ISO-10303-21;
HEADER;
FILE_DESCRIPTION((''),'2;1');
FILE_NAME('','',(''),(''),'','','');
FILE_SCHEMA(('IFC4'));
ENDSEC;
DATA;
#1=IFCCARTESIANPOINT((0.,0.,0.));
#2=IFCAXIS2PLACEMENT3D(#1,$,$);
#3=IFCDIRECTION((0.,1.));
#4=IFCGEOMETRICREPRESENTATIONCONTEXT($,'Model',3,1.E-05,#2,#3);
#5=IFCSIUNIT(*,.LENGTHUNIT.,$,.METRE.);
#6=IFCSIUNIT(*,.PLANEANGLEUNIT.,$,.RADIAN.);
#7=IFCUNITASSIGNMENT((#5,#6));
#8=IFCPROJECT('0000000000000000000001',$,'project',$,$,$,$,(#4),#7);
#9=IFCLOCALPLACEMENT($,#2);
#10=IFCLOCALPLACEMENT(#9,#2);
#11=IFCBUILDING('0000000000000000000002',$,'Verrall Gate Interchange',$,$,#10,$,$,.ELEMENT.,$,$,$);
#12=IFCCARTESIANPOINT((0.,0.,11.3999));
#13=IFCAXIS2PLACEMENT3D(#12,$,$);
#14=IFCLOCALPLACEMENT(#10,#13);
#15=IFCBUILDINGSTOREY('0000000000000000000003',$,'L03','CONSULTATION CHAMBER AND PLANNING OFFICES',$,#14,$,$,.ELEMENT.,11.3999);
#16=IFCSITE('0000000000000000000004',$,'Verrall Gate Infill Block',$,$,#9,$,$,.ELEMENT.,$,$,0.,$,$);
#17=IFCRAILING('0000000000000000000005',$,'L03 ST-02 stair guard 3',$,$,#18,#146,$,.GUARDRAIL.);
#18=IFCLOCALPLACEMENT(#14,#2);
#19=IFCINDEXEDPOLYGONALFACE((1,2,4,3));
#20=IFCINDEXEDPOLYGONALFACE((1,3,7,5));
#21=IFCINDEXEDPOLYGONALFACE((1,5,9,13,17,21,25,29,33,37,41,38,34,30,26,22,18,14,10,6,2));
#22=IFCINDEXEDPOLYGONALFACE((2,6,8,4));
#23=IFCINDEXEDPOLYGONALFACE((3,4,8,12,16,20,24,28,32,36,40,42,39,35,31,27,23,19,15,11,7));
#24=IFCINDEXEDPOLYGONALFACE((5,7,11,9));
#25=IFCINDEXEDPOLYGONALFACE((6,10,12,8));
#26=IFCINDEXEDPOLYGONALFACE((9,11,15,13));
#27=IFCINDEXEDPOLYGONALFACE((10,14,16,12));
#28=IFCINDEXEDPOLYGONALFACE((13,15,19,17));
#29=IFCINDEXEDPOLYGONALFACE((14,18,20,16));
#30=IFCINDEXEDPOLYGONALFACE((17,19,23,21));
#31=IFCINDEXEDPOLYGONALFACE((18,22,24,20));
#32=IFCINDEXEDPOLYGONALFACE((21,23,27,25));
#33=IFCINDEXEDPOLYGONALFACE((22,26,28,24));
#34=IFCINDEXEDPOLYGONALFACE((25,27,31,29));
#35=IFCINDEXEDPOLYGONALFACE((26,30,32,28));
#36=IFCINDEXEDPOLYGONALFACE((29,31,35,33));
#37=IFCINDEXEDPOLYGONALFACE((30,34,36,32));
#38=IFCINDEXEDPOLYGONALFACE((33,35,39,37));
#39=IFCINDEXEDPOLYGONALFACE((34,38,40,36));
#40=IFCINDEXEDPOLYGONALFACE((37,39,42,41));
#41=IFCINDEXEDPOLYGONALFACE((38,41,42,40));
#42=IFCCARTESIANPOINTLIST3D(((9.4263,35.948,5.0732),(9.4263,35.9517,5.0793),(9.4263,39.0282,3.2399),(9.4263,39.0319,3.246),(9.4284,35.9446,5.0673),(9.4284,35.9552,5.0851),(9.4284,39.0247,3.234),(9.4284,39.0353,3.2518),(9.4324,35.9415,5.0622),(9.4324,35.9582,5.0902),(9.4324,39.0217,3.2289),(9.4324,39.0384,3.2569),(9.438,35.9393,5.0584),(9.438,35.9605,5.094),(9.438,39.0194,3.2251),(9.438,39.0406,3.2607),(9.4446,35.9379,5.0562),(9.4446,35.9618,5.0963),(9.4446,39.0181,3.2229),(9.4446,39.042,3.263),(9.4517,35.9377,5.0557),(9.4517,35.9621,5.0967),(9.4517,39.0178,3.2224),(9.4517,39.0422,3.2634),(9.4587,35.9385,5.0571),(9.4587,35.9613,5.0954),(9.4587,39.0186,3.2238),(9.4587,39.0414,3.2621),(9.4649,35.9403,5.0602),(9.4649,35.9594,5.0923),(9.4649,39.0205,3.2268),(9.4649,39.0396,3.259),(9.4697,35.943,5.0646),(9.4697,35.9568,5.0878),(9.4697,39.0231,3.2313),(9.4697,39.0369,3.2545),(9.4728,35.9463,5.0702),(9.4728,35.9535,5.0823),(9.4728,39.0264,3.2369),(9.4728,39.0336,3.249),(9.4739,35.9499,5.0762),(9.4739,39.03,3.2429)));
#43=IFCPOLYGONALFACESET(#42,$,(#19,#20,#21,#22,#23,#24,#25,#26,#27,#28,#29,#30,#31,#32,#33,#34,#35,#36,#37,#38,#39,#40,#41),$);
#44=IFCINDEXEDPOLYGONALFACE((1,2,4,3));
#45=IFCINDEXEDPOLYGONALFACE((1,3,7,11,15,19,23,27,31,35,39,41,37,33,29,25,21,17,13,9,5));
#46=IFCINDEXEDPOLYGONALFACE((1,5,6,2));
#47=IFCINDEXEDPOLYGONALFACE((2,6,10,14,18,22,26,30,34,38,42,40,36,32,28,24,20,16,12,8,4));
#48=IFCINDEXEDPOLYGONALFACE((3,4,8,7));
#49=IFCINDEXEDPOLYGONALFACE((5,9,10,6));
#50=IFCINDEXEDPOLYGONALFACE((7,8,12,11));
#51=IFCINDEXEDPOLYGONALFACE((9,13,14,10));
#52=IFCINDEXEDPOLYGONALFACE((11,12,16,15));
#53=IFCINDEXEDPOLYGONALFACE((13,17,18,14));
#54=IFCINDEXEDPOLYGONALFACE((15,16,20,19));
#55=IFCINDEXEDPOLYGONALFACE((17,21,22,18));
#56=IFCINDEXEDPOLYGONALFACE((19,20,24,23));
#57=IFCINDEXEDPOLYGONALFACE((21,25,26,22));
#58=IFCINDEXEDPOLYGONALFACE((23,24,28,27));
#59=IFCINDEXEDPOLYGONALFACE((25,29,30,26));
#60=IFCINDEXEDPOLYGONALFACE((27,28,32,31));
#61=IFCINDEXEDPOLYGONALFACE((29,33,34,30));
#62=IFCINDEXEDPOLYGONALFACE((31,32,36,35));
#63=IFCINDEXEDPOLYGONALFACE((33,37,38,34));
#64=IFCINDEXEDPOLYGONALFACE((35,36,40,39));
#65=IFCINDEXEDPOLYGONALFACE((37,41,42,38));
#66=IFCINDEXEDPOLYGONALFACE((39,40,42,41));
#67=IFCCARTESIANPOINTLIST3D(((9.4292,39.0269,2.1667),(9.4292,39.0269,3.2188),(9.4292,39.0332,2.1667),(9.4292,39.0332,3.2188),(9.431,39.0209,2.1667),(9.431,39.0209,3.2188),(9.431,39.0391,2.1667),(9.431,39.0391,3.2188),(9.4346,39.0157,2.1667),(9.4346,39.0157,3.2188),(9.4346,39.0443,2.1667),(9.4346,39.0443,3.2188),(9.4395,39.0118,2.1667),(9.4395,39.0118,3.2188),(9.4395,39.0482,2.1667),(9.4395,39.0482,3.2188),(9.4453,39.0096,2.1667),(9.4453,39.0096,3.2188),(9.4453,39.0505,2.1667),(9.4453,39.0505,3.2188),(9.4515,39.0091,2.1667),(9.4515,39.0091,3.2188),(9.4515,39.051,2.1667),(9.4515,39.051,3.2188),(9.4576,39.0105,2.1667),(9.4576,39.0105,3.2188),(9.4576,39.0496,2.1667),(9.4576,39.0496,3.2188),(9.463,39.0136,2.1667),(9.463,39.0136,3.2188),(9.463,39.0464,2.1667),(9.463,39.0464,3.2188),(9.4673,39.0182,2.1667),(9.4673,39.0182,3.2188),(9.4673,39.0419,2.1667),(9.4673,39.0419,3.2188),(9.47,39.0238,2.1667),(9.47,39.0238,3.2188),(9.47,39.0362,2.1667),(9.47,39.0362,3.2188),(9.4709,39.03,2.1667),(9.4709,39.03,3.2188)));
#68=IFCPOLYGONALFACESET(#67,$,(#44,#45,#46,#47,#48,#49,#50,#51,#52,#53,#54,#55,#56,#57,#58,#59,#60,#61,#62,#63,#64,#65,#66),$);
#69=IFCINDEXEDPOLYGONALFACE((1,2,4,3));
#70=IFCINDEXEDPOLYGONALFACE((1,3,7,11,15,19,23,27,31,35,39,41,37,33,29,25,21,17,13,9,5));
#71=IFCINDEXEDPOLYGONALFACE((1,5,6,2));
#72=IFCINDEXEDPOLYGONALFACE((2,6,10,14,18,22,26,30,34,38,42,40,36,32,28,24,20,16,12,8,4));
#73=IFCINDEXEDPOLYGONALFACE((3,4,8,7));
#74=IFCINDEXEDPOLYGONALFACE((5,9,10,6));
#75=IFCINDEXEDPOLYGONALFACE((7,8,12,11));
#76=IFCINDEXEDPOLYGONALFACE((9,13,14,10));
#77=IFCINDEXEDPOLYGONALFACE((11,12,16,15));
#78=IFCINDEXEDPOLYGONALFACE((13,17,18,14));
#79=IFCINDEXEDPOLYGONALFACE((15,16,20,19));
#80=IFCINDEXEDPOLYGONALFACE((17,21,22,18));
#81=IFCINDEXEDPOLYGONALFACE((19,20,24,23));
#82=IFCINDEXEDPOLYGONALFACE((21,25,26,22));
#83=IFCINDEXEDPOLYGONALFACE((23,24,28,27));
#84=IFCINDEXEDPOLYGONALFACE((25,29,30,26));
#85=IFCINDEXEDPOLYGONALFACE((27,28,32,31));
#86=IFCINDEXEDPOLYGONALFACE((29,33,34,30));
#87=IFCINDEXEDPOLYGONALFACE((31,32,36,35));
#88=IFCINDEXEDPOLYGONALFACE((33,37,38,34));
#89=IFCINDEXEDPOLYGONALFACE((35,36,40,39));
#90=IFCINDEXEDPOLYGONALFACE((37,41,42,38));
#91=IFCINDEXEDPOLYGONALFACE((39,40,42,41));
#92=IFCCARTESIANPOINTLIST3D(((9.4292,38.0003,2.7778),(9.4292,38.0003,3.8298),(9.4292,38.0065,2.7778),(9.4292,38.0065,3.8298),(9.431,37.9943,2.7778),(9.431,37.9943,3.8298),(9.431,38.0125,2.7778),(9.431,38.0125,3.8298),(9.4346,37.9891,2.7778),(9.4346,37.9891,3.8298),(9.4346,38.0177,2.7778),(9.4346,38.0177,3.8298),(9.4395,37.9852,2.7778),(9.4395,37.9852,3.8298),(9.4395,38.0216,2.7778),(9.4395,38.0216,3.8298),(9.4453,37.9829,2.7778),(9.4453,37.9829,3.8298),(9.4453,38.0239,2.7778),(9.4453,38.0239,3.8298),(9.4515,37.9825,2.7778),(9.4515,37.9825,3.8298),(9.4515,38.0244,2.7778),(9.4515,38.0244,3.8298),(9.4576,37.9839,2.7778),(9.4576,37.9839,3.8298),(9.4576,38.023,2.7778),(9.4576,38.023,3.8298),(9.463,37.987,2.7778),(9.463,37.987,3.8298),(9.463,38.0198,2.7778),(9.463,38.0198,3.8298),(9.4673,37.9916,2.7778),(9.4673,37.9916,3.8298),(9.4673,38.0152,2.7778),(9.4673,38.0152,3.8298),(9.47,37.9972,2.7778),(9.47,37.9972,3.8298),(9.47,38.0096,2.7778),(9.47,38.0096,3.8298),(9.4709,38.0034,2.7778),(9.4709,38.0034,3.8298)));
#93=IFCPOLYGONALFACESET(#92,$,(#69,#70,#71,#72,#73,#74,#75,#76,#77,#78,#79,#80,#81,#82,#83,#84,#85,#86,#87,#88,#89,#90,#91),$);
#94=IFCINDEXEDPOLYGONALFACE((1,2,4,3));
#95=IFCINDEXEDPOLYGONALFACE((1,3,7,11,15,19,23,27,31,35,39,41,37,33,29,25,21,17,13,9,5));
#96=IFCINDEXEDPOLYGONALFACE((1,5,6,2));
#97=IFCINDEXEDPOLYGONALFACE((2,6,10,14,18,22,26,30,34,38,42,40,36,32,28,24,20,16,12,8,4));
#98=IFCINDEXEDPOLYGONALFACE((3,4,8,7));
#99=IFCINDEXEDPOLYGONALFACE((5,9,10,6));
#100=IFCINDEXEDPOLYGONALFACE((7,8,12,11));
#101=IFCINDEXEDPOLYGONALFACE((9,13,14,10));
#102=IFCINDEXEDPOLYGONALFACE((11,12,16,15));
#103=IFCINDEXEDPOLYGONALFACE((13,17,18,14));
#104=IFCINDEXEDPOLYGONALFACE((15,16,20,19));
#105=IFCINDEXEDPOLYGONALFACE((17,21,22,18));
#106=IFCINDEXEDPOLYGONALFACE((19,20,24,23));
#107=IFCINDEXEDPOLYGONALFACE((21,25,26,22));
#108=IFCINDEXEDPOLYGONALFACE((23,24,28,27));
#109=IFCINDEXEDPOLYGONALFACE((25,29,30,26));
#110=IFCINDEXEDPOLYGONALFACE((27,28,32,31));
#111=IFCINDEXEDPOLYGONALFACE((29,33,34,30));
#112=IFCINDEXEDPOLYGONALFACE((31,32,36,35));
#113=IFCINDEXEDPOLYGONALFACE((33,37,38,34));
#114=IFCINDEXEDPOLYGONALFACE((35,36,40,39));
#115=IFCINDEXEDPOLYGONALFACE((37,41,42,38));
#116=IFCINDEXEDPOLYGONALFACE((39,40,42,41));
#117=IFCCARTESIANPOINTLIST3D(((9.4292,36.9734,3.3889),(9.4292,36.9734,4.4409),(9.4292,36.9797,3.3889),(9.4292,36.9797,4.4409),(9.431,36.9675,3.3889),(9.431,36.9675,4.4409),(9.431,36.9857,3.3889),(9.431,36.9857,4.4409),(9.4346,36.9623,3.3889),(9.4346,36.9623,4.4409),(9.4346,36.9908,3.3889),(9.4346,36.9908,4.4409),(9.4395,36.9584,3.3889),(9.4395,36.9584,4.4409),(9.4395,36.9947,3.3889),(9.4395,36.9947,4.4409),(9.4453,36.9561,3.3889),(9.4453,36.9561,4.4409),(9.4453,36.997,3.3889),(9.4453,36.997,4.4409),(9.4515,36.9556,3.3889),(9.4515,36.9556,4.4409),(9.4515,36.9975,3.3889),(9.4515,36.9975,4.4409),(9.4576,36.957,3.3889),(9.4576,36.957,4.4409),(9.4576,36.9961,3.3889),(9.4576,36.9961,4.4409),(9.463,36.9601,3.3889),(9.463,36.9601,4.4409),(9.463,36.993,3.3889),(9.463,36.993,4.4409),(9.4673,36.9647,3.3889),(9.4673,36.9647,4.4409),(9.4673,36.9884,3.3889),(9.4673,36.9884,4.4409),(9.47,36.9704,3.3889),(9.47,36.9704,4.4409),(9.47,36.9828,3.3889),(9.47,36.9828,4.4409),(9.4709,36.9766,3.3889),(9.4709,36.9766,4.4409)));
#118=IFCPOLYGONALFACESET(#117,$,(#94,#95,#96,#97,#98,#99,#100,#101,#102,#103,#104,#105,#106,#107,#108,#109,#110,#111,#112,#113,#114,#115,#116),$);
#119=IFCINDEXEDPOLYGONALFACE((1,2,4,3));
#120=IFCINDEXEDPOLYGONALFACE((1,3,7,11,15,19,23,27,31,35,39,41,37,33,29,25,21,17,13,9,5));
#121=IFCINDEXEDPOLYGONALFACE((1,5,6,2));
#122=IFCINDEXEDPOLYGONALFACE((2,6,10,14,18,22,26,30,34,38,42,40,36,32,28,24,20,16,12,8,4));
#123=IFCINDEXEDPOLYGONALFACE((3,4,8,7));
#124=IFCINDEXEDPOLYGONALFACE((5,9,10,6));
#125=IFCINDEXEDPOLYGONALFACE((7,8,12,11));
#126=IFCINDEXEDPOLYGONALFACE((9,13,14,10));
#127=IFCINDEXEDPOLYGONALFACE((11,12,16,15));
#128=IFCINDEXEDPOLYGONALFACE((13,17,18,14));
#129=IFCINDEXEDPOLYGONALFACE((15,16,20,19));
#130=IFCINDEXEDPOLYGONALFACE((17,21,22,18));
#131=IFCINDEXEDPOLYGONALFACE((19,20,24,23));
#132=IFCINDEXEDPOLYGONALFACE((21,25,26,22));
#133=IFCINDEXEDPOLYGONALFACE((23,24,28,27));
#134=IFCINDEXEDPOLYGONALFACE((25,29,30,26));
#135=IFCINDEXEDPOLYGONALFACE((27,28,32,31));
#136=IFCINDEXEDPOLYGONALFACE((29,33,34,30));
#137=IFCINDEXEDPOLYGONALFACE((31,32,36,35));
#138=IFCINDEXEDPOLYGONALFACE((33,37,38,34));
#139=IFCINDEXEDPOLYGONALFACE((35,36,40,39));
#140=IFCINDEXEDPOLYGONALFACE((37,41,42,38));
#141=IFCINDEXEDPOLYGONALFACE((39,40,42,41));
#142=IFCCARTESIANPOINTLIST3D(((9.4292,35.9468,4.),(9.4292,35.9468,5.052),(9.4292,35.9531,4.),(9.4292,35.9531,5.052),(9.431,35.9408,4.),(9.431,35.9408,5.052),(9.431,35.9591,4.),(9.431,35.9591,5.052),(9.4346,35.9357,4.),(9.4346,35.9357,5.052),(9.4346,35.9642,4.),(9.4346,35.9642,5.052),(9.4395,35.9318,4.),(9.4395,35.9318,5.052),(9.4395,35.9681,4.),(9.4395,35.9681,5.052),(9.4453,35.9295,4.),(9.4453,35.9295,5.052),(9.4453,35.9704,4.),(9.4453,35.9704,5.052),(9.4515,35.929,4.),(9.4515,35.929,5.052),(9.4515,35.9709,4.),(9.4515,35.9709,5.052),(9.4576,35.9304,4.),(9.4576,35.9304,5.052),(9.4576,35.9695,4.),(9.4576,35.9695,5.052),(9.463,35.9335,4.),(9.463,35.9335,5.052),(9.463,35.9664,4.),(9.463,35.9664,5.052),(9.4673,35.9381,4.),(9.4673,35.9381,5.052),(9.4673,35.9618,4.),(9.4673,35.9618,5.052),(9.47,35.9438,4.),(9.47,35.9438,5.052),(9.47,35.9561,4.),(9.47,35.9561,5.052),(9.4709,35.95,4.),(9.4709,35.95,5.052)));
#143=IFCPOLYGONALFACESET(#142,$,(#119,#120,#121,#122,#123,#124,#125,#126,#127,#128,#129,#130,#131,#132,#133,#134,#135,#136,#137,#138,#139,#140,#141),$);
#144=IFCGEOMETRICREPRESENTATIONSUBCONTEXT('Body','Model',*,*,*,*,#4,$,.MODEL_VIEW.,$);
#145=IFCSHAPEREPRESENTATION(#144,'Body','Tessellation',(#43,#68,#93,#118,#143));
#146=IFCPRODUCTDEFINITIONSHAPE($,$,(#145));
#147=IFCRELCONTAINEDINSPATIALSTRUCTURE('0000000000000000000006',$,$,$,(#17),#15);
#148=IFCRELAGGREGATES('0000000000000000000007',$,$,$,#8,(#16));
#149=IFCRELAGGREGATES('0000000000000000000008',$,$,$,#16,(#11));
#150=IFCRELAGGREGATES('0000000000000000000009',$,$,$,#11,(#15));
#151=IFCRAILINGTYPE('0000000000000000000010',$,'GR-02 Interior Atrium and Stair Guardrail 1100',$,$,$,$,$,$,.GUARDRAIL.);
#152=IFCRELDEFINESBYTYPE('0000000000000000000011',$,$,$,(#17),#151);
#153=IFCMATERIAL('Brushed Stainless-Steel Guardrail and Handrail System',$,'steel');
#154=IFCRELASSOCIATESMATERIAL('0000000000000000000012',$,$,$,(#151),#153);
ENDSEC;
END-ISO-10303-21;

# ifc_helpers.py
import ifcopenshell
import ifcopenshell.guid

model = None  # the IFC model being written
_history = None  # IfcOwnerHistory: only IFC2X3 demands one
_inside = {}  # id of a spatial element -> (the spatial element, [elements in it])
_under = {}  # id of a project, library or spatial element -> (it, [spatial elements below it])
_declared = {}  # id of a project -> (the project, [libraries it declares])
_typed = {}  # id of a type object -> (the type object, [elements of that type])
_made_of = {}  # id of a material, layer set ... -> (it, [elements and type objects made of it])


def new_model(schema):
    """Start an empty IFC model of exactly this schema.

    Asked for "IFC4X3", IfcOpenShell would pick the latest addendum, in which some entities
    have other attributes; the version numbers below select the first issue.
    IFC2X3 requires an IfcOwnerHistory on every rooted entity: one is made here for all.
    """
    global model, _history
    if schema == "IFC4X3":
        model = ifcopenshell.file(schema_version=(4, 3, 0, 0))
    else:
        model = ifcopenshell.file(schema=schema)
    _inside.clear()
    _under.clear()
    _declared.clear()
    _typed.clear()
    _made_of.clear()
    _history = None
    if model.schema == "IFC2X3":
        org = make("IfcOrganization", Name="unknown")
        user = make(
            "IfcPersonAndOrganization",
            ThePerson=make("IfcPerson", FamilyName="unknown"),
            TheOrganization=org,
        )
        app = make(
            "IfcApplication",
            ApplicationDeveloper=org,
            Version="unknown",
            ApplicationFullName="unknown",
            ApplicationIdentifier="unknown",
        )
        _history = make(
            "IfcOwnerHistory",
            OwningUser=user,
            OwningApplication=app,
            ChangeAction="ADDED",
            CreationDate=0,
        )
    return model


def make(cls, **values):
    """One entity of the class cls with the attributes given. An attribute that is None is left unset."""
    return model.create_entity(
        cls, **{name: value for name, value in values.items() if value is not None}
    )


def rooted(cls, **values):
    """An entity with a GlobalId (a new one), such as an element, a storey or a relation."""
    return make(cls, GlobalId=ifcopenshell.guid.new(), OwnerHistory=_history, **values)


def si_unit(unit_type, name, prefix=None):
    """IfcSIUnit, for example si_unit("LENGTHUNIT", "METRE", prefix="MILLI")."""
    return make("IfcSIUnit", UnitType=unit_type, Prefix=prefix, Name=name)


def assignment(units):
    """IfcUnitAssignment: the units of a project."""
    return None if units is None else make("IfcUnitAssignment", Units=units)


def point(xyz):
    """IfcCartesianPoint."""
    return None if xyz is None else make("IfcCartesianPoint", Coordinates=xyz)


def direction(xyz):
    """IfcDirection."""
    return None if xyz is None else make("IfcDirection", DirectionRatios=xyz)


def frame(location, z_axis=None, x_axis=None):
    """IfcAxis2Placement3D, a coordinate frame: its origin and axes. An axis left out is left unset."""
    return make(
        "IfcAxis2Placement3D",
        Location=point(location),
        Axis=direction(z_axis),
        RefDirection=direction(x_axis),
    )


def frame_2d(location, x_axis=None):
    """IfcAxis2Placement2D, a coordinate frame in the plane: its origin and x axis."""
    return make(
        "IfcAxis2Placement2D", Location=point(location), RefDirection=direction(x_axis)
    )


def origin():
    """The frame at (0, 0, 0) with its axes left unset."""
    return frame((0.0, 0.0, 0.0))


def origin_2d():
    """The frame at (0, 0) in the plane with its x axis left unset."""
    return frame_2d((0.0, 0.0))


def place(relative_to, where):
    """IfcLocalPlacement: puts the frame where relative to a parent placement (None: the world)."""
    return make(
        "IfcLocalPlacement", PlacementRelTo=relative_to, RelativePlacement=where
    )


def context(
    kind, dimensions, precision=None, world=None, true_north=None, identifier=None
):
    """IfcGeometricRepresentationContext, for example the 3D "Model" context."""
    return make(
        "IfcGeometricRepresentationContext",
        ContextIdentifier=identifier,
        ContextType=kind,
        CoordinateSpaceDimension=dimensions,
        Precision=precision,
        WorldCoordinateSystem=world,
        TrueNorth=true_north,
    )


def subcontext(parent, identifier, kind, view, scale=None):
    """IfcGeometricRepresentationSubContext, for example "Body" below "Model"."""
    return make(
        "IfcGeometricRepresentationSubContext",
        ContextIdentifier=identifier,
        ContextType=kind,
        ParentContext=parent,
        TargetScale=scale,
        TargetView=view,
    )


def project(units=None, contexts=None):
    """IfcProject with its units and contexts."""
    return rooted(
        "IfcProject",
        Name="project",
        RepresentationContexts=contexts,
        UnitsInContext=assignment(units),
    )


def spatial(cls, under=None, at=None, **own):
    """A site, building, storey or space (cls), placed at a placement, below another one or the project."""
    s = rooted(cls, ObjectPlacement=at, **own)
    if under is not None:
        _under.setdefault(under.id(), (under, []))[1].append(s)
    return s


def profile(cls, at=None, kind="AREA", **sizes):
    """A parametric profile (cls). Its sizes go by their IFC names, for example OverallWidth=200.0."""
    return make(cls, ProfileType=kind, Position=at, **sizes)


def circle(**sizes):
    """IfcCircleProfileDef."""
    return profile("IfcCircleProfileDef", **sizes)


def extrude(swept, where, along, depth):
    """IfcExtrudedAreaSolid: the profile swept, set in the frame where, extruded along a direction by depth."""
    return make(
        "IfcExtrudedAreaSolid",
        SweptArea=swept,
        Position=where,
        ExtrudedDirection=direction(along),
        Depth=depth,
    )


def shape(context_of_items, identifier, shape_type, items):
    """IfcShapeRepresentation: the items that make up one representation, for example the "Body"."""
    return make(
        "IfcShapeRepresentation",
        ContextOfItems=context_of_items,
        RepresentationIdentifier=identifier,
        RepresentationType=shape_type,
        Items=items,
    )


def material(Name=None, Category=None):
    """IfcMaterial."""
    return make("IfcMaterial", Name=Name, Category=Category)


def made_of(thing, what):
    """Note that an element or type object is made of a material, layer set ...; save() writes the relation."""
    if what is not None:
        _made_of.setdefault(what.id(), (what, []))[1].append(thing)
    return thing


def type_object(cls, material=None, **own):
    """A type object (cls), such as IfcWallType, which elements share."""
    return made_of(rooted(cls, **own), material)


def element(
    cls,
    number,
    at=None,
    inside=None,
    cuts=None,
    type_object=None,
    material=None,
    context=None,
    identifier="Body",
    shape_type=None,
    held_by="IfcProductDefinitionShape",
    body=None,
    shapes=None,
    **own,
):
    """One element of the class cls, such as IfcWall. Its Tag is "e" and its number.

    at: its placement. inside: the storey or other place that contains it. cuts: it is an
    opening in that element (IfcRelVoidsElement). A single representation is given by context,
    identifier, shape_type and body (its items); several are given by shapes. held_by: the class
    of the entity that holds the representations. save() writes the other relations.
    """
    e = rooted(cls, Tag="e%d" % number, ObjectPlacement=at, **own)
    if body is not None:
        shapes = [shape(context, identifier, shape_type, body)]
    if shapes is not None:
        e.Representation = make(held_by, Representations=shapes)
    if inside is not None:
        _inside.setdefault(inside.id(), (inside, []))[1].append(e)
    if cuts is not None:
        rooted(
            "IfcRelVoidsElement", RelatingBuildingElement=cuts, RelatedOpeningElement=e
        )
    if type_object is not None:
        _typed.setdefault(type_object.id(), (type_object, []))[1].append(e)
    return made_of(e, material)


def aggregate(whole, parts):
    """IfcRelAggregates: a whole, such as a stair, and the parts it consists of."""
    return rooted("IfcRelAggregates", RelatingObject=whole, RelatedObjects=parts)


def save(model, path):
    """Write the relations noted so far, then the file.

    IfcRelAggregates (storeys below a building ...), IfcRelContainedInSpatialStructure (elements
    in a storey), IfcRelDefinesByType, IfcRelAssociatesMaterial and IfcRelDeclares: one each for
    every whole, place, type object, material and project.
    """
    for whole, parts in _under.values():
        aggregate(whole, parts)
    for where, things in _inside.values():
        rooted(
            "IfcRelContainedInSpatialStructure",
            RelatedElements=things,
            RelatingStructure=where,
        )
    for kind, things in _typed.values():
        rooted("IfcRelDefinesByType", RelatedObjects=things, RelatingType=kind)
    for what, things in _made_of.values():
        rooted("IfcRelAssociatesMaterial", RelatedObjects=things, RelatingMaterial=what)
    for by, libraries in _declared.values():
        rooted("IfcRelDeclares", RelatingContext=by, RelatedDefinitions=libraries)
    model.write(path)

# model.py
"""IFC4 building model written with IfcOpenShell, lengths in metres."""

from ifc_helpers import new_model, si_unit, direction, frame, origin, origin_2d, place, context, subcontext, project, spatial, circle, extrude, material, type_object, element, save


model = new_model("IFC4")

# Units and contexts
model_context = context("Model", 3, precision=1e-05, world=origin(), true_north=direction((0.0, 1.0)))
body_context = subcontext(model_context, "Body", "Model", "MODEL_VIEW")
ifc_project = project(units=[si_unit("LENGTHUNIT", "METRE"), si_unit("PLANEANGLEUNIT", "RADIAN")], contexts=[model_context])

# Site, building, storey
site_placement = place(None, origin())
site = spatial("IfcSite", under=ifc_project, at=site_placement, Name="Verrall Gate Infill Block", CompositionType="ELEMENT", RefElevation=0.0)
building_placement = place(site_placement, origin())
building = spatial("IfcBuilding", under=site, at=building_placement, Name="Verrall Gate Interchange", CompositionType="ELEMENT")
storey_placement = place(building_placement, frame((0.0, 0.0, 11.3999)))
storey = spatial("IfcBuildingStorey", under=building, at=storey_placement, Name="L03", Description="CONSULTATION CHAMBER AND PLANNING OFFICES", CompositionType="ELEMENT", Elevation=11.3999)

# Railing
ifc_material_1 = material(Name="Brushed Stainless-Steel Guardrail and Handrail System", Category="steel")
railing_type_1 = type_object("IfcRailingType", Name="GR-02 Interior Atrium and Stair Guardrail 1100", PredefinedType="GUARDRAIL", material=ifc_material_1)
railing_1_placement = place(storey_placement, frame((9.45, 39.03, 2.1667)))
element("IfcRailing", 1, at=railing_1_placement, inside=storey, type_object=railing_type_1, Name="L03 ST-02 stair guard 3", PredefinedType="GUARDRAIL", context=body_context, shape_type="SweptSolid", body=[
    extrude(circle(Radius=0.0239, at=origin_2d()), frame((0.0, 0.0, 1.0762), z_axis=(0.0, -0.859309, 0.511458), x_axis=(1.0, 0.0, 0.0)), (0.0, 0.0, 1.0), 3.5845),
    extrude(circle(Radius=0.021, at=origin_2d()), origin(), (0.0, 0.0, 1.0), 1.052),
    extrude(circle(Radius=0.021, at=origin_2d()), frame((0.0, -1.0266, 0.6111)), (0.0, 0.0, 1.0), 1.052),
    extrude(circle(Radius=0.021, at=origin_2d()), frame((0.0, -2.0535, 1.2222)), (0.0, 0.0, 1.0), 1.052),
    extrude(circle(Radius=0.021, at=origin_2d()), frame((0.0, -3.0801, 1.8333)), (0.0, 0.0, 1.0), 1.052),
])

save(model, "model.ifc")
